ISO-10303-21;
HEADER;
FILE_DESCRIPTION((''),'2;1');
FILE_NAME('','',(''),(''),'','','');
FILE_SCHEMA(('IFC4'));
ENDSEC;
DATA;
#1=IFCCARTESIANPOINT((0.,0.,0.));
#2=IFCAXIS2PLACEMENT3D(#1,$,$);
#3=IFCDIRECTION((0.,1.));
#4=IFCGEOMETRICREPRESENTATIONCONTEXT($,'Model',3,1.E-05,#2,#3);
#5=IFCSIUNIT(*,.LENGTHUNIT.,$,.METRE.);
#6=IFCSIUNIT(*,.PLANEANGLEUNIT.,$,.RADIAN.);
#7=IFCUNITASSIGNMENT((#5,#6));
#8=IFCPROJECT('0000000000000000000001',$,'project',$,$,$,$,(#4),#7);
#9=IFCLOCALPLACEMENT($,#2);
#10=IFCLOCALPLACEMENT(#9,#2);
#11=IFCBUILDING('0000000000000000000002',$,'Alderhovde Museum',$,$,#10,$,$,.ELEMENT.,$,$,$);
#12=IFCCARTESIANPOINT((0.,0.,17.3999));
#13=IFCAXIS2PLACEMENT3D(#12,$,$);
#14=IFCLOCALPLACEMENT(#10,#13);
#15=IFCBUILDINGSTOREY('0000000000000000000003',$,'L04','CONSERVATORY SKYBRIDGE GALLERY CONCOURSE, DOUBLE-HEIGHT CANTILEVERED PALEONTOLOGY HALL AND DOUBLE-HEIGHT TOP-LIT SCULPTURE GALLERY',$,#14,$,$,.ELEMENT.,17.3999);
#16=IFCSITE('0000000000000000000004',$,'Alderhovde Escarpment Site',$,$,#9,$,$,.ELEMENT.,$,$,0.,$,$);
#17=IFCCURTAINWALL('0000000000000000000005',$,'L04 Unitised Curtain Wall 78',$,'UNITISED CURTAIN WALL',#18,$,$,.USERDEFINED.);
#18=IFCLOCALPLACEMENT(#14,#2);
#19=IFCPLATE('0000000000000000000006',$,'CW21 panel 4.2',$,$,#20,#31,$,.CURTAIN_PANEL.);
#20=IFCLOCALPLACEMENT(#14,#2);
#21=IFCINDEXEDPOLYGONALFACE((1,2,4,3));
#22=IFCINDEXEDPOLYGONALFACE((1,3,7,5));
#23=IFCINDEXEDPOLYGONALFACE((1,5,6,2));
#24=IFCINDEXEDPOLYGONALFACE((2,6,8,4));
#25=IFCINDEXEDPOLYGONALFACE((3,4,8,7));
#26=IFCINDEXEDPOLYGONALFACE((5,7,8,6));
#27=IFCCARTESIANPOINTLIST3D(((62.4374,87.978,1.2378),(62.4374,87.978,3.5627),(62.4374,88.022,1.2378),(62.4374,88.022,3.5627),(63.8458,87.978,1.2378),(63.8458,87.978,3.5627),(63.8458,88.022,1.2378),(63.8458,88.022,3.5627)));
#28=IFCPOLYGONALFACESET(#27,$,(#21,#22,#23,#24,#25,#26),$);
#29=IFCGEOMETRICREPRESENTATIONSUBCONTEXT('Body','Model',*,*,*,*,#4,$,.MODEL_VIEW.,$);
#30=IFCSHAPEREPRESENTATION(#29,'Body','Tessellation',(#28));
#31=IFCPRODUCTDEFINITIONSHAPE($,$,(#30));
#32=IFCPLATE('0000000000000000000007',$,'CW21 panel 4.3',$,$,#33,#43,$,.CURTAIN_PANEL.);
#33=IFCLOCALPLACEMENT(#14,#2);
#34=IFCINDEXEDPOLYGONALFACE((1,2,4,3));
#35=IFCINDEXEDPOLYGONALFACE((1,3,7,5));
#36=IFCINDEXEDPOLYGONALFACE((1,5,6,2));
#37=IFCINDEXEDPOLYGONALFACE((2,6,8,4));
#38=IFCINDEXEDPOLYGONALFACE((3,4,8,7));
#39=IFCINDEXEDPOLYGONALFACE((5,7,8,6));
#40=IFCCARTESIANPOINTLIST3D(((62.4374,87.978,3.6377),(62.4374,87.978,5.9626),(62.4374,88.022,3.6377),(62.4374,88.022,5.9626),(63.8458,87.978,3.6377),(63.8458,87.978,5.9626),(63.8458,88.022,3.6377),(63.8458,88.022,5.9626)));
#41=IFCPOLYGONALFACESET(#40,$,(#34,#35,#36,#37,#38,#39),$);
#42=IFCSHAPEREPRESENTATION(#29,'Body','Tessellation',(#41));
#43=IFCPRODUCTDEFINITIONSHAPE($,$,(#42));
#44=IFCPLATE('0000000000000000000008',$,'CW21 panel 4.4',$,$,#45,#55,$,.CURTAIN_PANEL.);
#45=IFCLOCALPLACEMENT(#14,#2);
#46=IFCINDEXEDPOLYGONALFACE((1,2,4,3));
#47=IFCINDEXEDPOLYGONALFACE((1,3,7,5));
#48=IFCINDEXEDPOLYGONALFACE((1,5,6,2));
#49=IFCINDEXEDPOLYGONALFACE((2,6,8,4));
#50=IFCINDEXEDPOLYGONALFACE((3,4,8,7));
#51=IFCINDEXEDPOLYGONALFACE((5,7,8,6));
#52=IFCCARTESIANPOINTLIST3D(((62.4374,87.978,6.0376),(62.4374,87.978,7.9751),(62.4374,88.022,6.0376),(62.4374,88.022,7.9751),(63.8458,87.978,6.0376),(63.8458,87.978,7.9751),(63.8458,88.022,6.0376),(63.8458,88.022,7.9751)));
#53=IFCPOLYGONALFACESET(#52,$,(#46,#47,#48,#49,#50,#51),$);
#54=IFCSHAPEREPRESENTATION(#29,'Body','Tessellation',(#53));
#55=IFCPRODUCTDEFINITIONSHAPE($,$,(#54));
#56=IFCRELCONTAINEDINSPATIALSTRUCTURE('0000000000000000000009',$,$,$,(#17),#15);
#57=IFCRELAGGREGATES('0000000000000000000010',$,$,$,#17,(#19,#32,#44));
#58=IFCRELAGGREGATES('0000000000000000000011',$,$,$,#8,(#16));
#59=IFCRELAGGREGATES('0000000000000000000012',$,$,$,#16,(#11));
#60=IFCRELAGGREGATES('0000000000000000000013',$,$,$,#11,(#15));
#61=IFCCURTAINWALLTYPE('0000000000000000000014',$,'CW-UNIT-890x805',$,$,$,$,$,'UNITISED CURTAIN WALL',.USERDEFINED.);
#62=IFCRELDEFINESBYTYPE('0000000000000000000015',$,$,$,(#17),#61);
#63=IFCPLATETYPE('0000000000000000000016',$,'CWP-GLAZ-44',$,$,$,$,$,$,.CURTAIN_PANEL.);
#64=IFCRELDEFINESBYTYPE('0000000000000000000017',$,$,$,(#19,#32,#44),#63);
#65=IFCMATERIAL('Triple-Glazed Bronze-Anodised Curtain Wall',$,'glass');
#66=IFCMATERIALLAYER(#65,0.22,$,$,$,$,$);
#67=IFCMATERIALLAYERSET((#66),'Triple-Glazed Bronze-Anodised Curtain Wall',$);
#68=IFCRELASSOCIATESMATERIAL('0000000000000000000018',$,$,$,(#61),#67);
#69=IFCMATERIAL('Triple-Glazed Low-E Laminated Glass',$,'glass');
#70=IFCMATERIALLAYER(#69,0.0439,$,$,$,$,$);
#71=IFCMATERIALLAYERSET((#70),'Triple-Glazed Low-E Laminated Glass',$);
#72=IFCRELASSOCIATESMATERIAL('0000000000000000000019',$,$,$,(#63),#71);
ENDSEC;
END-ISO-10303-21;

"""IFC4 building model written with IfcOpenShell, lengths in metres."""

from ifc_helpers import new_model, si_unit, direction, frame, origin, origin_2d, place, context, subcontext, project, spatial, rectangle, extrude, material, layer, layer_set, type_object, element, aggregate, save


model = new_model("IFC4")

# Units and contexts
model_context = context("Model", 3, precision=1e-05, world=origin(), true_north=direction((0.0, 1.0)))
body_context = subcontext(model_context, "Body", "Model", "MODEL_VIEW")
ifc_project = project(units=[si_unit("LENGTHUNIT", "METRE"), si_unit("PLANEANGLEUNIT", "RADIAN")], contexts=[model_context])

# Site, building, storey
site_placement = place(None, origin())
site = spatial("IfcSite", under=ifc_project, at=site_placement, Name="Alderhovde Escarpment Site", CompositionType="ELEMENT", RefElevation=0.0)
building_placement = place(site_placement, origin())
building = spatial("IfcBuilding", under=site, at=building_placement, Name="Alderhovde Museum", CompositionType="ELEMENT")
storey_placement = place(building_placement, frame((0.0, 0.0, 17.3999)))
storey = spatial("IfcBuildingStorey", under=building, at=storey_placement, Name="L04", Description="CONSERVATORY SKYBRIDGE GALLERY CONCOURSE, DOUBLE-HEIGHT CANTILEVERED PALEONTOLOGY HALL AND DOUBLE-HEIGHT TOP-LIT SCULPTURE GALLERY", CompositionType="ELEMENT", Elevation=17.3999)

# Curtain wall, plates
ifc_material_1 = material(Name="Triple-Glazed Bronze-Anodised Curtain Wall", Category="glass")
ifc_layer_1 = layer(ifc_material_1, 0.22)
ifc_layer_set_1 = layer_set([ifc_layer_1], Name="Triple-Glazed Bronze-Anodised Curtain Wall")
curtain_wall_type = type_object("IfcCurtainWallType", Name="CW-UNIT-890x805", ElementType="UNITISED CURTAIN WALL", PredefinedType="USERDEFINED", material=ifc_layer_set_1)
curtain_wall_placement = place(storey_placement, origin())
curtain_wall = element("IfcCurtainWall", 1, at=curtain_wall_placement, inside=storey, type_object=curtain_wall_type, Name="L04 Unitised Curtain Wall 78", ObjectType="UNITISED CURTAIN WALL", PredefinedType="USERDEFINED")
ifc_material_2 = material(Name="Triple-Glazed Low-E Laminated Glass", Category="glass")
ifc_layer_2 = layer(ifc_material_2, 0.0439)
ifc_layer_set_2 = layer_set([ifc_layer_2], Name="Triple-Glazed Low-E Laminated Glass")
plate_type = type_object("IfcPlateType", Name="CWP-GLAZ-44", PredefinedType="CURTAIN_PANEL", material=ifc_layer_set_2)
plate_1_placement = place(storey_placement, frame((63.1416, 88.0, 1.2378), z_axis=(0.0, 0.0, 1.0), x_axis=(1.0, 0.0, 0.0)))
plate_1 = element("IfcPlate", 2, at=plate_1_placement, type_object=plate_type, Name="CW21 panel 4.2", PredefinedType="CURTAIN_PANEL", context=body_context, shape_type="SweptSolid", body=[
    extrude(rectangle(XDim=1.4084, YDim=0.0439, at=origin_2d()), origin(), (0.0, 0.0, 1.0), 2.325),
])
plate_2_placement = place(storey_placement, frame((63.1416, 88.0, 3.6377), z_axis=(0.0, 0.0, 1.0), x_axis=(1.0, 0.0, 0.0)))
plate_2 = element("IfcPlate", 3, at=plate_2_placement, type_object=plate_type, Name="CW21 panel 4.3", PredefinedType="CURTAIN_PANEL", context=body_context, shape_type="SweptSolid", body=[
    extrude(rectangle(XDim=1.4084, YDim=0.0439, at=origin_2d()), origin(), (0.0, 0.0, 1.0), 2.325),
])
plate_3_placement = place(storey_placement, frame((63.1416, 88.0, 6.0376), z_axis=(0.0, 0.0, 1.0), x_axis=(1.0, 0.0, 0.0)))
plate_3 = element("IfcPlate", 4, at=plate_3_placement, type_object=plate_type, Name="CW21 panel 4.4", PredefinedType="CURTAIN_PANEL", context=body_context, shape_type="SweptSolid", body=[
    extrude(rectangle(XDim=1.4084, YDim=0.0439, at=origin_2d()), origin(), (0.0, 0.0, 1.0), 1.9375),
])
aggregate(curtain_wall, [plate_1, plate_2, plate_3])

save(model, "model.ifc")
